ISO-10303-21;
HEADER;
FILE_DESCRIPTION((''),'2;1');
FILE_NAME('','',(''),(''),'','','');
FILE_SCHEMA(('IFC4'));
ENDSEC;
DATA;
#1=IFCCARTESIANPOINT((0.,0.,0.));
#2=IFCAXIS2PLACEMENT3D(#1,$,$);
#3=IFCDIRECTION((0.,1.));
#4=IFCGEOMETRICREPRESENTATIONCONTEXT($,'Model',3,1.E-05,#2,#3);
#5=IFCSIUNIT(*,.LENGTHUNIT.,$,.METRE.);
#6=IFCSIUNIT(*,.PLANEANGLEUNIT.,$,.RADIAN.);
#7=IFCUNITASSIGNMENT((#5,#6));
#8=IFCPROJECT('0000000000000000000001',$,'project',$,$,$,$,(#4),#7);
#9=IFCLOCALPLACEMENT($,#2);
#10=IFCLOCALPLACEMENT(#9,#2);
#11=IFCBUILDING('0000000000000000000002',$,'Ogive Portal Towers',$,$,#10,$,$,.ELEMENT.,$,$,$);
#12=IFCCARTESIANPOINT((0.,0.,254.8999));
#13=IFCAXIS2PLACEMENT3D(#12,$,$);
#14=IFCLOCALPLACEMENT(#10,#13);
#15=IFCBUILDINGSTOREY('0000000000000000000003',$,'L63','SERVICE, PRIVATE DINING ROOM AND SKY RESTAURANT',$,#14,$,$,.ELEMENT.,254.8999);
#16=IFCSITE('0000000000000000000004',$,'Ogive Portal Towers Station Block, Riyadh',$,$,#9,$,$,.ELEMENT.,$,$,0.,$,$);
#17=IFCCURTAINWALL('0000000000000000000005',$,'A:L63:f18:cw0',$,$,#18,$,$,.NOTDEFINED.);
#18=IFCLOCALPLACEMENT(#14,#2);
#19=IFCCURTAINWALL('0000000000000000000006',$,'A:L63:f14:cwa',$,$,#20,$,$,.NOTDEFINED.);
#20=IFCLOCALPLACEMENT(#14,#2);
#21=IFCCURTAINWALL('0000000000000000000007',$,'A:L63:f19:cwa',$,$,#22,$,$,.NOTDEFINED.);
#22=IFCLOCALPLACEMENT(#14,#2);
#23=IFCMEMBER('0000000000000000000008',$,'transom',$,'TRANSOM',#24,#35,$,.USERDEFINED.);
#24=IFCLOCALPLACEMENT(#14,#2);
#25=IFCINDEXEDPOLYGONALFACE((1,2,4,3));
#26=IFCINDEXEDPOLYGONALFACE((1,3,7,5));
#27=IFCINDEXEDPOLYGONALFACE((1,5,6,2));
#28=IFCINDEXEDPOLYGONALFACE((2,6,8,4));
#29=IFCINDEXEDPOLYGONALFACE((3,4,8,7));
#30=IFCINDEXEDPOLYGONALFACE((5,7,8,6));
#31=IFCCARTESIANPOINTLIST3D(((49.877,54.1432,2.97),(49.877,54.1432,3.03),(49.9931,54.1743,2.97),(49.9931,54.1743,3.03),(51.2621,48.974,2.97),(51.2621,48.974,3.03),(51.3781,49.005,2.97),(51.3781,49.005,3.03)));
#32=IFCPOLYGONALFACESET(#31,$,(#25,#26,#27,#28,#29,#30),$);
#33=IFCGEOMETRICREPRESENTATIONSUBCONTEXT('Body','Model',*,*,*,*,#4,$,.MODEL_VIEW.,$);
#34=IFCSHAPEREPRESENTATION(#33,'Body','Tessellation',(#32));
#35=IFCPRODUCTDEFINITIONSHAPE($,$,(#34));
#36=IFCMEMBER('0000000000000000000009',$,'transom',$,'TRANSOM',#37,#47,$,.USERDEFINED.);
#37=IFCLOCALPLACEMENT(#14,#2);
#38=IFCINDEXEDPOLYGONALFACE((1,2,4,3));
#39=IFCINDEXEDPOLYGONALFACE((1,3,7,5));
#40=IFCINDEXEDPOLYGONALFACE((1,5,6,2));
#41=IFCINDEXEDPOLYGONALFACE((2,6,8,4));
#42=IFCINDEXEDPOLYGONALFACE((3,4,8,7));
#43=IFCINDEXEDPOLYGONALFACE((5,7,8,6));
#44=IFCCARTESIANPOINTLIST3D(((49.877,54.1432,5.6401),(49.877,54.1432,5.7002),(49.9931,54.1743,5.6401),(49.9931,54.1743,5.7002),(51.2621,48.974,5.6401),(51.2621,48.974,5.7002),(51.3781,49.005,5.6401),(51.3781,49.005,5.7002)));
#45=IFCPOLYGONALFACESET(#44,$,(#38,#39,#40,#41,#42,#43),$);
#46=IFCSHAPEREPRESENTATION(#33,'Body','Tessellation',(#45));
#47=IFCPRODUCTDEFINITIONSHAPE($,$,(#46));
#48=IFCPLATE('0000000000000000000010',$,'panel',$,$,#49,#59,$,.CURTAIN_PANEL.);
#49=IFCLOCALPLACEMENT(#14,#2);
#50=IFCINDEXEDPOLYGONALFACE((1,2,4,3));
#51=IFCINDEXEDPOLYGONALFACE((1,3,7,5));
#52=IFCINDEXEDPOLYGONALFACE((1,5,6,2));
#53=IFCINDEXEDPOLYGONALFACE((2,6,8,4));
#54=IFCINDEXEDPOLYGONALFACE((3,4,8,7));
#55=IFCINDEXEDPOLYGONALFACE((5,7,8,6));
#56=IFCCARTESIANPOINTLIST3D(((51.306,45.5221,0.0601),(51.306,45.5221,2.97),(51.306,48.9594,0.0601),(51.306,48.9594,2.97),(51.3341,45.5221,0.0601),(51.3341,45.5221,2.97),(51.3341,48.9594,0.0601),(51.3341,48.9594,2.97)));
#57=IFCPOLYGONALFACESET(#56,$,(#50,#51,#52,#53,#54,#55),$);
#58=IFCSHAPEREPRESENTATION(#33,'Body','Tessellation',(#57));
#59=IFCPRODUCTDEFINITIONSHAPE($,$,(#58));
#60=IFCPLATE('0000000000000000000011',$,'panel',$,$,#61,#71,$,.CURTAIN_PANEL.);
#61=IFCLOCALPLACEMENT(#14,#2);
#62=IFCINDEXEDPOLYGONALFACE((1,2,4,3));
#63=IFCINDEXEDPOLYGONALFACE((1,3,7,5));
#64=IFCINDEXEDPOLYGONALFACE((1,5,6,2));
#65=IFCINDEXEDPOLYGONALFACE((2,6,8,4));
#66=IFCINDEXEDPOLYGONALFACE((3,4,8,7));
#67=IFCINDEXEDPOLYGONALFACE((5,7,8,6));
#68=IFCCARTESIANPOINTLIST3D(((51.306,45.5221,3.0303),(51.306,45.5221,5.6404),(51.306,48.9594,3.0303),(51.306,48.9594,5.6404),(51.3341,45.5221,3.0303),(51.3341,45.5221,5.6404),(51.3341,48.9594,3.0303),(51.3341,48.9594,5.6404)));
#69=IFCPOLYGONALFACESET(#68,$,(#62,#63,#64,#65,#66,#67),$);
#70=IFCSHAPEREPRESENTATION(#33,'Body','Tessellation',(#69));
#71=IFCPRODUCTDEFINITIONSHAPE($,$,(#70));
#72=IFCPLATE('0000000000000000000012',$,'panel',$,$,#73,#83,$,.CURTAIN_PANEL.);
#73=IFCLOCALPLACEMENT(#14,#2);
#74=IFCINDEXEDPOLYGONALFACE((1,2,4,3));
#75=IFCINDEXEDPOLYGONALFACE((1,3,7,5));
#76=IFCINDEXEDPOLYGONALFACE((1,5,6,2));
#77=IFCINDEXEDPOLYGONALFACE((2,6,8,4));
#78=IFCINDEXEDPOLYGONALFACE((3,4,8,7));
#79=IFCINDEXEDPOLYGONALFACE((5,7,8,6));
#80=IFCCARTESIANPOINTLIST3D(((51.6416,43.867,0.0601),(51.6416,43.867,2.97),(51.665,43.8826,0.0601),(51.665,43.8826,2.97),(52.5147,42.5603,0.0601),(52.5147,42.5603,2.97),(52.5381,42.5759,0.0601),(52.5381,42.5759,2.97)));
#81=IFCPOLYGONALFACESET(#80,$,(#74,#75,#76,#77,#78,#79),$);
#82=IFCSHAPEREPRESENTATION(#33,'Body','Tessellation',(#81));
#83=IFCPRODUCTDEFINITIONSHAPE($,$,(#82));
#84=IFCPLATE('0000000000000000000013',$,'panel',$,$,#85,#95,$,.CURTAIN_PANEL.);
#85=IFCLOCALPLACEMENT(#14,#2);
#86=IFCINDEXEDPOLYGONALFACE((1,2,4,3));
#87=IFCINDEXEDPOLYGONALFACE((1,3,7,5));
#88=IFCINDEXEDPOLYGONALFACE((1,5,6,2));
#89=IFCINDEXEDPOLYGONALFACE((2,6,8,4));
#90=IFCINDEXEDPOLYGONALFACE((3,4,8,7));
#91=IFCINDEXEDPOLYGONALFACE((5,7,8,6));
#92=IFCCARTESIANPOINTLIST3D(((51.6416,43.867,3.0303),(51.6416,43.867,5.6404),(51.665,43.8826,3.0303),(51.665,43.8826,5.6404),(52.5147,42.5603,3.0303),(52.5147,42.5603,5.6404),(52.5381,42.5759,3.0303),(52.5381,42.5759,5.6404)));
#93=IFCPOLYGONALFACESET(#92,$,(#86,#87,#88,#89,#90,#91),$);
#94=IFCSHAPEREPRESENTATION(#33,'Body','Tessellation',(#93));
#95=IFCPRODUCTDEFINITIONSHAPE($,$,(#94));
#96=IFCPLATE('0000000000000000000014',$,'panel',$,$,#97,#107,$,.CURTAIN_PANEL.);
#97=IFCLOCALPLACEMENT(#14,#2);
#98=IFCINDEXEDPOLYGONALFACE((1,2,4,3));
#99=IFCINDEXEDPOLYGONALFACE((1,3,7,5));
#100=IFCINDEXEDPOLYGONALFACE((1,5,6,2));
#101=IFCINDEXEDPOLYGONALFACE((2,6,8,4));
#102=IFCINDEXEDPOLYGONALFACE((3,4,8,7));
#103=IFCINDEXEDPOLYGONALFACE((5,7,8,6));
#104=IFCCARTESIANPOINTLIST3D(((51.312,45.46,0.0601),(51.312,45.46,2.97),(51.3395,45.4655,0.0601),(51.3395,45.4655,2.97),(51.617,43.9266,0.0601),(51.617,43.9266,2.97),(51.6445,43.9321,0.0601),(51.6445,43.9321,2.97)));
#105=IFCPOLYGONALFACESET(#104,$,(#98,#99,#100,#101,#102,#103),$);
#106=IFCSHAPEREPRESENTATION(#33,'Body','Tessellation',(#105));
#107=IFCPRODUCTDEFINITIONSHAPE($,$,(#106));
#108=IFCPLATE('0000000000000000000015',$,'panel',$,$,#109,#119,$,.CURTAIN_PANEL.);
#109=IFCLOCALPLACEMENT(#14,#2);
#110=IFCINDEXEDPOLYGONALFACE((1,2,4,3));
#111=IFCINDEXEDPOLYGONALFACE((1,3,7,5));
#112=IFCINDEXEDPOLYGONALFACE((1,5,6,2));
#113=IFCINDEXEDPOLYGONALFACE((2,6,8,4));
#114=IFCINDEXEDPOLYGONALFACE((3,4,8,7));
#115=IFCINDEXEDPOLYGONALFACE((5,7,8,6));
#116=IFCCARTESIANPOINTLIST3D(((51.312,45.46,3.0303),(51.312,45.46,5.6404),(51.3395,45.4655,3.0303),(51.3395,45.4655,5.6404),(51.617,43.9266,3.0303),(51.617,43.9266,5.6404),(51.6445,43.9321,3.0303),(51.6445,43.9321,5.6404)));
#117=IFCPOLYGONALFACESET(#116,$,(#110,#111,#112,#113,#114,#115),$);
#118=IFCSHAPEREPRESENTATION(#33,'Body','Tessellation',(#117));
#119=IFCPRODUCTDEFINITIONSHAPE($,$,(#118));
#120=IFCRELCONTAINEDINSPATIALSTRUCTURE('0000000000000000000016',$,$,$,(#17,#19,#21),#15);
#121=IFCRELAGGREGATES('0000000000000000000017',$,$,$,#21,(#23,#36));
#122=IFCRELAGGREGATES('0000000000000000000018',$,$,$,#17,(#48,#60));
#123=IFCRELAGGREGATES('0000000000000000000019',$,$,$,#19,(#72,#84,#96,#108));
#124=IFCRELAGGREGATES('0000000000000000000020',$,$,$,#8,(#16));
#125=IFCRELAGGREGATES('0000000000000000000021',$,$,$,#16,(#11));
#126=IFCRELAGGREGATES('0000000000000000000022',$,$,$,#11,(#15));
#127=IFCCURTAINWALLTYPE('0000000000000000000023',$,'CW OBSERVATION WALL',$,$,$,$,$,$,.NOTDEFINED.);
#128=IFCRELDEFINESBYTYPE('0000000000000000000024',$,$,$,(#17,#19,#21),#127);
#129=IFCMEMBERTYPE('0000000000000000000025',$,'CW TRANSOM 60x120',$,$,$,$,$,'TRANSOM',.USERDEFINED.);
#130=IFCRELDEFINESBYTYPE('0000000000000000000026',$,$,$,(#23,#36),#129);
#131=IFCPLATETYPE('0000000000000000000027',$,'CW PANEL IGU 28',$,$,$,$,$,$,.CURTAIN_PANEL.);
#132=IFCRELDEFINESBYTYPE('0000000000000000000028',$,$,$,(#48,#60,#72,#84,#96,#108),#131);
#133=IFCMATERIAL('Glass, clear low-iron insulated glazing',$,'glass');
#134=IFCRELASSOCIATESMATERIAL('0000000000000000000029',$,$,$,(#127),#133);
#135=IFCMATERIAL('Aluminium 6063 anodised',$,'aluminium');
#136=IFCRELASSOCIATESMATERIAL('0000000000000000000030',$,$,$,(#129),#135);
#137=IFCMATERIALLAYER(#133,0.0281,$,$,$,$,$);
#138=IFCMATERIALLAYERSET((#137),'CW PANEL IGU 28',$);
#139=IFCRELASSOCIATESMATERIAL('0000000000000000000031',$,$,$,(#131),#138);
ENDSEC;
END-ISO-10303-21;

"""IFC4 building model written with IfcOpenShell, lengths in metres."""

from ifc_helpers import new_model, si_unit, direction, frame, origin, origin_2d, place, context, subcontext, project, spatial, rectangle, extrude, material, layer, layer_set, material_profile, profile_set, type_object, element, aggregate, save


model = new_model("IFC4")

# Units and contexts
model_context = context("Model", 3, precision=1e-05, world=origin(), true_north=direction((0.0, 1.0)))
body_context = subcontext(model_context, "Body", "Model", "MODEL_VIEW")
ifc_project = project(units=[si_unit("LENGTHUNIT", "METRE"), si_unit("PLANEANGLEUNIT", "RADIAN")], contexts=[model_context])

# Site, building, storey
site_placement = place(None, origin())
site = spatial("IfcSite", under=ifc_project, at=site_placement, Name="Ogive Portal Towers Station Block, Riyadh", CompositionType="ELEMENT", RefElevation=0.0)
building_placement = place(site_placement, origin())
building = spatial("IfcBuilding", under=site, at=building_placement, Name="Ogive Portal Towers", CompositionType="ELEMENT")
storey_placement = place(building_placement, frame((0.0, 0.0, 254.8999)))
storey = spatial("IfcBuildingStorey", under=building, at=storey_placement, Name="L63", Description="SERVICE, PRIVATE DINING ROOM AND SKY RESTAURANT", CompositionType="ELEMENT", Elevation=254.8999)

# Curtain walls
ifc_material_1 = material(Name="Glass, clear low-iron insulated glazing", Category="glass")
curtain_wall_type = type_object("IfcCurtainWallType", Name="CW OBSERVATION WALL", PredefinedType="NOTDEFINED", material=ifc_material_1)
curtain_wall_1_placement = place(storey_placement, origin())
curtain_wall_1 = element("IfcCurtainWall", 1, at=curtain_wall_1_placement, inside=storey, type_object=curtain_wall_type, Name="A:L63:f18:cw0", PredefinedType="NOTDEFINED")
ifc_material_2 = material(Name="Aluminium 6063 anodised", Category="aluminium")
curtain_wall_2_placement = place(storey_placement, origin())
curtain_wall_2 = element("IfcCurtainWall", 2, at=curtain_wall_2_placement, inside=storey, type_object=curtain_wall_type, Name="A:L63:f14:cwa", PredefinedType="NOTDEFINED")

# Shared definitions
ifc_material_profile_1 = material_profile(ifc_material_2, rectangle(XDim=0.1201, YDim=0.0601, at=origin_2d()), Name="AL 120x60")
ifc_profile_set_1 = profile_set([ifc_material_profile_1], Name="Aluminium 6063 anodised")
member_type_1 = type_object("IfcMemberType", Name="CW TRANSOM 60x120", ElementType="TRANSOM", PredefinedType="USERDEFINED", material=ifc_profile_set_1)

# Curtain wall, members
curtain_wall_3_placement = place(storey_placement, origin())
curtain_wall_3 = element("IfcCurtainWall", 3, at=curtain_wall_3_placement, inside=storey, type_object=curtain_wall_type, Name="A:L63:f19:cwa", PredefinedType="NOTDEFINED")
member_1_placement = place(storey_placement, frame((51.3201, 48.9895, 3.0), z_axis=(-0.258807, 0.965929, 0.0), x_axis=(-0.965929, -0.258807, 0.0)))
member_1 = element("IfcMember", 4, at=member_1_placement, type_object=member_type_1, Name="transom", ObjectType="TRANSOM", PredefinedType="USERDEFINED", context=body_context, shape_type="SweptSolid", body=[
    extrude(rectangle(XDim=0.1201, YDim=0.0601, at=origin_2d()), origin(), (0.0, 0.0, 1.0), 5.3516),
])
member_2_placement = place(storey_placement, frame((51.3201, 48.9895, 5.6702), z_axis=(-0.258807, 0.965929, 0.0), x_axis=(-0.965929, -0.258807, 0.0)))
member_2 = element("IfcMember", 5, at=member_2_placement, type_object=member_type_1, Name="transom", ObjectType="TRANSOM", PredefinedType="USERDEFINED", context=body_context, shape_type="SweptSolid", body=[
    extrude(rectangle(XDim=0.1201, YDim=0.0601, at=origin_2d()), origin(), (0.0, 0.0, 1.0), 5.3516),
])
aggregate(curtain_wall_3, [member_1, member_2])

# Plates
ifc_layer = layer(ifc_material_1, 0.0281)
ifc_layer_set = layer_set([ifc_layer], Name="CW PANEL IGU 28")
plate_type = type_object("IfcPlateType", Name="CW PANEL IGU 28", PredefinedType="CURTAIN_PANEL", material=ifc_layer_set)
plate_1_placement = place(storey_placement, frame((51.3201, 47.2407, 0.0601), z_axis=(0.0, 0.0, 1.0), x_axis=(0.0, 1.0, 0.0)))
plate_1 = element("IfcPlate", 6, at=plate_1_placement, type_object=plate_type, Name="panel", PredefinedType="CURTAIN_PANEL", context=body_context, shape_type="SweptSolid", body=[
    extrude(rectangle(XDim=3.4373, YDim=0.0281, at=origin_2d()), origin(), (0.0, 0.0, 1.0), 2.9099),
])
plate_2_placement = place(storey_placement, frame((51.3201, 47.2407, 3.0303), z_axis=(0.0, 0.0, 1.0), x_axis=(0.0, 1.0, 0.0)))
plate_2 = element("IfcPlate", 7, at=plate_2_placement, type_object=plate_type, Name="panel", PredefinedType="CURTAIN_PANEL", context=body_context, shape_type="SweptSolid", body=[
    extrude(rectangle(XDim=3.4373, YDim=0.0281, at=origin_2d()), origin(), (0.0, 0.0, 1.0), 2.6101),
])
aggregate(curtain_wall_1, [plate_1, plate_2])
plate_3_placement = place(storey_placement, frame((52.0898, 43.2214, 0.0601), z_axis=(0.0, 0.0, 1.0), x_axis=(-0.55557, 0.83147, 0.0)))
plate_3 = element("IfcPlate", 8, at=plate_3_placement, type_object=plate_type, Name="panel", PredefinedType="CURTAIN_PANEL", context=body_context, shape_type="SweptSolid", body=[
    extrude(rectangle(XDim=1.5715, YDim=0.0281, at=origin_2d()), origin(), (0.0, 0.0, 1.0), 2.9099),
])
plate_4_placement = place(storey_placement, frame((52.0898, 43.2214, 3.0303), z_axis=(0.0, 0.0, 1.0), x_axis=(-0.55557, 0.83147, 0.0)))
plate_4 = element("IfcPlate", 9, at=plate_4_placement, type_object=plate_type, Name="panel", PredefinedType="CURTAIN_PANEL", context=body_context, shape_type="SweptSolid", body=[
    extrude(rectangle(XDim=1.5715, YDim=0.0281, at=origin_2d()), origin(), (0.0, 0.0, 1.0), 2.6101),
])
plate_5_placement = place(storey_placement, frame((51.4783, 44.696, 0.0601), z_axis=(0.0, 0.0, 1.0), x_axis=(-0.19509, 0.980785, 0.0)))
plate_5 = element("IfcPlate", 10, at=plate_5_placement, type_object=plate_type, Name="panel", PredefinedType="CURTAIN_PANEL", context=body_context, shape_type="SweptSolid", body=[
    extrude(rectangle(XDim=1.5635, YDim=0.0281, at=origin_2d()), origin(), (0.0, 0.0, 1.0), 2.9099),
])
plate_6_placement = place(storey_placement, frame((51.4783, 44.696, 3.0303), z_axis=(0.0, 0.0, 1.0), x_axis=(-0.19509, 0.980785, 0.0)))
plate_6 = element("IfcPlate", 11, at=plate_6_placement, type_object=plate_type, Name="panel", PredefinedType="CURTAIN_PANEL", context=body_context, shape_type="SweptSolid", body=[
    extrude(rectangle(XDim=1.5635, YDim=0.0281, at=origin_2d()), origin(), (0.0, 0.0, 1.0), 2.6101),
])
aggregate(curtain_wall_2, [plate_3, plate_4, plate_5, plate_6])

save(model, "model.ifc")
